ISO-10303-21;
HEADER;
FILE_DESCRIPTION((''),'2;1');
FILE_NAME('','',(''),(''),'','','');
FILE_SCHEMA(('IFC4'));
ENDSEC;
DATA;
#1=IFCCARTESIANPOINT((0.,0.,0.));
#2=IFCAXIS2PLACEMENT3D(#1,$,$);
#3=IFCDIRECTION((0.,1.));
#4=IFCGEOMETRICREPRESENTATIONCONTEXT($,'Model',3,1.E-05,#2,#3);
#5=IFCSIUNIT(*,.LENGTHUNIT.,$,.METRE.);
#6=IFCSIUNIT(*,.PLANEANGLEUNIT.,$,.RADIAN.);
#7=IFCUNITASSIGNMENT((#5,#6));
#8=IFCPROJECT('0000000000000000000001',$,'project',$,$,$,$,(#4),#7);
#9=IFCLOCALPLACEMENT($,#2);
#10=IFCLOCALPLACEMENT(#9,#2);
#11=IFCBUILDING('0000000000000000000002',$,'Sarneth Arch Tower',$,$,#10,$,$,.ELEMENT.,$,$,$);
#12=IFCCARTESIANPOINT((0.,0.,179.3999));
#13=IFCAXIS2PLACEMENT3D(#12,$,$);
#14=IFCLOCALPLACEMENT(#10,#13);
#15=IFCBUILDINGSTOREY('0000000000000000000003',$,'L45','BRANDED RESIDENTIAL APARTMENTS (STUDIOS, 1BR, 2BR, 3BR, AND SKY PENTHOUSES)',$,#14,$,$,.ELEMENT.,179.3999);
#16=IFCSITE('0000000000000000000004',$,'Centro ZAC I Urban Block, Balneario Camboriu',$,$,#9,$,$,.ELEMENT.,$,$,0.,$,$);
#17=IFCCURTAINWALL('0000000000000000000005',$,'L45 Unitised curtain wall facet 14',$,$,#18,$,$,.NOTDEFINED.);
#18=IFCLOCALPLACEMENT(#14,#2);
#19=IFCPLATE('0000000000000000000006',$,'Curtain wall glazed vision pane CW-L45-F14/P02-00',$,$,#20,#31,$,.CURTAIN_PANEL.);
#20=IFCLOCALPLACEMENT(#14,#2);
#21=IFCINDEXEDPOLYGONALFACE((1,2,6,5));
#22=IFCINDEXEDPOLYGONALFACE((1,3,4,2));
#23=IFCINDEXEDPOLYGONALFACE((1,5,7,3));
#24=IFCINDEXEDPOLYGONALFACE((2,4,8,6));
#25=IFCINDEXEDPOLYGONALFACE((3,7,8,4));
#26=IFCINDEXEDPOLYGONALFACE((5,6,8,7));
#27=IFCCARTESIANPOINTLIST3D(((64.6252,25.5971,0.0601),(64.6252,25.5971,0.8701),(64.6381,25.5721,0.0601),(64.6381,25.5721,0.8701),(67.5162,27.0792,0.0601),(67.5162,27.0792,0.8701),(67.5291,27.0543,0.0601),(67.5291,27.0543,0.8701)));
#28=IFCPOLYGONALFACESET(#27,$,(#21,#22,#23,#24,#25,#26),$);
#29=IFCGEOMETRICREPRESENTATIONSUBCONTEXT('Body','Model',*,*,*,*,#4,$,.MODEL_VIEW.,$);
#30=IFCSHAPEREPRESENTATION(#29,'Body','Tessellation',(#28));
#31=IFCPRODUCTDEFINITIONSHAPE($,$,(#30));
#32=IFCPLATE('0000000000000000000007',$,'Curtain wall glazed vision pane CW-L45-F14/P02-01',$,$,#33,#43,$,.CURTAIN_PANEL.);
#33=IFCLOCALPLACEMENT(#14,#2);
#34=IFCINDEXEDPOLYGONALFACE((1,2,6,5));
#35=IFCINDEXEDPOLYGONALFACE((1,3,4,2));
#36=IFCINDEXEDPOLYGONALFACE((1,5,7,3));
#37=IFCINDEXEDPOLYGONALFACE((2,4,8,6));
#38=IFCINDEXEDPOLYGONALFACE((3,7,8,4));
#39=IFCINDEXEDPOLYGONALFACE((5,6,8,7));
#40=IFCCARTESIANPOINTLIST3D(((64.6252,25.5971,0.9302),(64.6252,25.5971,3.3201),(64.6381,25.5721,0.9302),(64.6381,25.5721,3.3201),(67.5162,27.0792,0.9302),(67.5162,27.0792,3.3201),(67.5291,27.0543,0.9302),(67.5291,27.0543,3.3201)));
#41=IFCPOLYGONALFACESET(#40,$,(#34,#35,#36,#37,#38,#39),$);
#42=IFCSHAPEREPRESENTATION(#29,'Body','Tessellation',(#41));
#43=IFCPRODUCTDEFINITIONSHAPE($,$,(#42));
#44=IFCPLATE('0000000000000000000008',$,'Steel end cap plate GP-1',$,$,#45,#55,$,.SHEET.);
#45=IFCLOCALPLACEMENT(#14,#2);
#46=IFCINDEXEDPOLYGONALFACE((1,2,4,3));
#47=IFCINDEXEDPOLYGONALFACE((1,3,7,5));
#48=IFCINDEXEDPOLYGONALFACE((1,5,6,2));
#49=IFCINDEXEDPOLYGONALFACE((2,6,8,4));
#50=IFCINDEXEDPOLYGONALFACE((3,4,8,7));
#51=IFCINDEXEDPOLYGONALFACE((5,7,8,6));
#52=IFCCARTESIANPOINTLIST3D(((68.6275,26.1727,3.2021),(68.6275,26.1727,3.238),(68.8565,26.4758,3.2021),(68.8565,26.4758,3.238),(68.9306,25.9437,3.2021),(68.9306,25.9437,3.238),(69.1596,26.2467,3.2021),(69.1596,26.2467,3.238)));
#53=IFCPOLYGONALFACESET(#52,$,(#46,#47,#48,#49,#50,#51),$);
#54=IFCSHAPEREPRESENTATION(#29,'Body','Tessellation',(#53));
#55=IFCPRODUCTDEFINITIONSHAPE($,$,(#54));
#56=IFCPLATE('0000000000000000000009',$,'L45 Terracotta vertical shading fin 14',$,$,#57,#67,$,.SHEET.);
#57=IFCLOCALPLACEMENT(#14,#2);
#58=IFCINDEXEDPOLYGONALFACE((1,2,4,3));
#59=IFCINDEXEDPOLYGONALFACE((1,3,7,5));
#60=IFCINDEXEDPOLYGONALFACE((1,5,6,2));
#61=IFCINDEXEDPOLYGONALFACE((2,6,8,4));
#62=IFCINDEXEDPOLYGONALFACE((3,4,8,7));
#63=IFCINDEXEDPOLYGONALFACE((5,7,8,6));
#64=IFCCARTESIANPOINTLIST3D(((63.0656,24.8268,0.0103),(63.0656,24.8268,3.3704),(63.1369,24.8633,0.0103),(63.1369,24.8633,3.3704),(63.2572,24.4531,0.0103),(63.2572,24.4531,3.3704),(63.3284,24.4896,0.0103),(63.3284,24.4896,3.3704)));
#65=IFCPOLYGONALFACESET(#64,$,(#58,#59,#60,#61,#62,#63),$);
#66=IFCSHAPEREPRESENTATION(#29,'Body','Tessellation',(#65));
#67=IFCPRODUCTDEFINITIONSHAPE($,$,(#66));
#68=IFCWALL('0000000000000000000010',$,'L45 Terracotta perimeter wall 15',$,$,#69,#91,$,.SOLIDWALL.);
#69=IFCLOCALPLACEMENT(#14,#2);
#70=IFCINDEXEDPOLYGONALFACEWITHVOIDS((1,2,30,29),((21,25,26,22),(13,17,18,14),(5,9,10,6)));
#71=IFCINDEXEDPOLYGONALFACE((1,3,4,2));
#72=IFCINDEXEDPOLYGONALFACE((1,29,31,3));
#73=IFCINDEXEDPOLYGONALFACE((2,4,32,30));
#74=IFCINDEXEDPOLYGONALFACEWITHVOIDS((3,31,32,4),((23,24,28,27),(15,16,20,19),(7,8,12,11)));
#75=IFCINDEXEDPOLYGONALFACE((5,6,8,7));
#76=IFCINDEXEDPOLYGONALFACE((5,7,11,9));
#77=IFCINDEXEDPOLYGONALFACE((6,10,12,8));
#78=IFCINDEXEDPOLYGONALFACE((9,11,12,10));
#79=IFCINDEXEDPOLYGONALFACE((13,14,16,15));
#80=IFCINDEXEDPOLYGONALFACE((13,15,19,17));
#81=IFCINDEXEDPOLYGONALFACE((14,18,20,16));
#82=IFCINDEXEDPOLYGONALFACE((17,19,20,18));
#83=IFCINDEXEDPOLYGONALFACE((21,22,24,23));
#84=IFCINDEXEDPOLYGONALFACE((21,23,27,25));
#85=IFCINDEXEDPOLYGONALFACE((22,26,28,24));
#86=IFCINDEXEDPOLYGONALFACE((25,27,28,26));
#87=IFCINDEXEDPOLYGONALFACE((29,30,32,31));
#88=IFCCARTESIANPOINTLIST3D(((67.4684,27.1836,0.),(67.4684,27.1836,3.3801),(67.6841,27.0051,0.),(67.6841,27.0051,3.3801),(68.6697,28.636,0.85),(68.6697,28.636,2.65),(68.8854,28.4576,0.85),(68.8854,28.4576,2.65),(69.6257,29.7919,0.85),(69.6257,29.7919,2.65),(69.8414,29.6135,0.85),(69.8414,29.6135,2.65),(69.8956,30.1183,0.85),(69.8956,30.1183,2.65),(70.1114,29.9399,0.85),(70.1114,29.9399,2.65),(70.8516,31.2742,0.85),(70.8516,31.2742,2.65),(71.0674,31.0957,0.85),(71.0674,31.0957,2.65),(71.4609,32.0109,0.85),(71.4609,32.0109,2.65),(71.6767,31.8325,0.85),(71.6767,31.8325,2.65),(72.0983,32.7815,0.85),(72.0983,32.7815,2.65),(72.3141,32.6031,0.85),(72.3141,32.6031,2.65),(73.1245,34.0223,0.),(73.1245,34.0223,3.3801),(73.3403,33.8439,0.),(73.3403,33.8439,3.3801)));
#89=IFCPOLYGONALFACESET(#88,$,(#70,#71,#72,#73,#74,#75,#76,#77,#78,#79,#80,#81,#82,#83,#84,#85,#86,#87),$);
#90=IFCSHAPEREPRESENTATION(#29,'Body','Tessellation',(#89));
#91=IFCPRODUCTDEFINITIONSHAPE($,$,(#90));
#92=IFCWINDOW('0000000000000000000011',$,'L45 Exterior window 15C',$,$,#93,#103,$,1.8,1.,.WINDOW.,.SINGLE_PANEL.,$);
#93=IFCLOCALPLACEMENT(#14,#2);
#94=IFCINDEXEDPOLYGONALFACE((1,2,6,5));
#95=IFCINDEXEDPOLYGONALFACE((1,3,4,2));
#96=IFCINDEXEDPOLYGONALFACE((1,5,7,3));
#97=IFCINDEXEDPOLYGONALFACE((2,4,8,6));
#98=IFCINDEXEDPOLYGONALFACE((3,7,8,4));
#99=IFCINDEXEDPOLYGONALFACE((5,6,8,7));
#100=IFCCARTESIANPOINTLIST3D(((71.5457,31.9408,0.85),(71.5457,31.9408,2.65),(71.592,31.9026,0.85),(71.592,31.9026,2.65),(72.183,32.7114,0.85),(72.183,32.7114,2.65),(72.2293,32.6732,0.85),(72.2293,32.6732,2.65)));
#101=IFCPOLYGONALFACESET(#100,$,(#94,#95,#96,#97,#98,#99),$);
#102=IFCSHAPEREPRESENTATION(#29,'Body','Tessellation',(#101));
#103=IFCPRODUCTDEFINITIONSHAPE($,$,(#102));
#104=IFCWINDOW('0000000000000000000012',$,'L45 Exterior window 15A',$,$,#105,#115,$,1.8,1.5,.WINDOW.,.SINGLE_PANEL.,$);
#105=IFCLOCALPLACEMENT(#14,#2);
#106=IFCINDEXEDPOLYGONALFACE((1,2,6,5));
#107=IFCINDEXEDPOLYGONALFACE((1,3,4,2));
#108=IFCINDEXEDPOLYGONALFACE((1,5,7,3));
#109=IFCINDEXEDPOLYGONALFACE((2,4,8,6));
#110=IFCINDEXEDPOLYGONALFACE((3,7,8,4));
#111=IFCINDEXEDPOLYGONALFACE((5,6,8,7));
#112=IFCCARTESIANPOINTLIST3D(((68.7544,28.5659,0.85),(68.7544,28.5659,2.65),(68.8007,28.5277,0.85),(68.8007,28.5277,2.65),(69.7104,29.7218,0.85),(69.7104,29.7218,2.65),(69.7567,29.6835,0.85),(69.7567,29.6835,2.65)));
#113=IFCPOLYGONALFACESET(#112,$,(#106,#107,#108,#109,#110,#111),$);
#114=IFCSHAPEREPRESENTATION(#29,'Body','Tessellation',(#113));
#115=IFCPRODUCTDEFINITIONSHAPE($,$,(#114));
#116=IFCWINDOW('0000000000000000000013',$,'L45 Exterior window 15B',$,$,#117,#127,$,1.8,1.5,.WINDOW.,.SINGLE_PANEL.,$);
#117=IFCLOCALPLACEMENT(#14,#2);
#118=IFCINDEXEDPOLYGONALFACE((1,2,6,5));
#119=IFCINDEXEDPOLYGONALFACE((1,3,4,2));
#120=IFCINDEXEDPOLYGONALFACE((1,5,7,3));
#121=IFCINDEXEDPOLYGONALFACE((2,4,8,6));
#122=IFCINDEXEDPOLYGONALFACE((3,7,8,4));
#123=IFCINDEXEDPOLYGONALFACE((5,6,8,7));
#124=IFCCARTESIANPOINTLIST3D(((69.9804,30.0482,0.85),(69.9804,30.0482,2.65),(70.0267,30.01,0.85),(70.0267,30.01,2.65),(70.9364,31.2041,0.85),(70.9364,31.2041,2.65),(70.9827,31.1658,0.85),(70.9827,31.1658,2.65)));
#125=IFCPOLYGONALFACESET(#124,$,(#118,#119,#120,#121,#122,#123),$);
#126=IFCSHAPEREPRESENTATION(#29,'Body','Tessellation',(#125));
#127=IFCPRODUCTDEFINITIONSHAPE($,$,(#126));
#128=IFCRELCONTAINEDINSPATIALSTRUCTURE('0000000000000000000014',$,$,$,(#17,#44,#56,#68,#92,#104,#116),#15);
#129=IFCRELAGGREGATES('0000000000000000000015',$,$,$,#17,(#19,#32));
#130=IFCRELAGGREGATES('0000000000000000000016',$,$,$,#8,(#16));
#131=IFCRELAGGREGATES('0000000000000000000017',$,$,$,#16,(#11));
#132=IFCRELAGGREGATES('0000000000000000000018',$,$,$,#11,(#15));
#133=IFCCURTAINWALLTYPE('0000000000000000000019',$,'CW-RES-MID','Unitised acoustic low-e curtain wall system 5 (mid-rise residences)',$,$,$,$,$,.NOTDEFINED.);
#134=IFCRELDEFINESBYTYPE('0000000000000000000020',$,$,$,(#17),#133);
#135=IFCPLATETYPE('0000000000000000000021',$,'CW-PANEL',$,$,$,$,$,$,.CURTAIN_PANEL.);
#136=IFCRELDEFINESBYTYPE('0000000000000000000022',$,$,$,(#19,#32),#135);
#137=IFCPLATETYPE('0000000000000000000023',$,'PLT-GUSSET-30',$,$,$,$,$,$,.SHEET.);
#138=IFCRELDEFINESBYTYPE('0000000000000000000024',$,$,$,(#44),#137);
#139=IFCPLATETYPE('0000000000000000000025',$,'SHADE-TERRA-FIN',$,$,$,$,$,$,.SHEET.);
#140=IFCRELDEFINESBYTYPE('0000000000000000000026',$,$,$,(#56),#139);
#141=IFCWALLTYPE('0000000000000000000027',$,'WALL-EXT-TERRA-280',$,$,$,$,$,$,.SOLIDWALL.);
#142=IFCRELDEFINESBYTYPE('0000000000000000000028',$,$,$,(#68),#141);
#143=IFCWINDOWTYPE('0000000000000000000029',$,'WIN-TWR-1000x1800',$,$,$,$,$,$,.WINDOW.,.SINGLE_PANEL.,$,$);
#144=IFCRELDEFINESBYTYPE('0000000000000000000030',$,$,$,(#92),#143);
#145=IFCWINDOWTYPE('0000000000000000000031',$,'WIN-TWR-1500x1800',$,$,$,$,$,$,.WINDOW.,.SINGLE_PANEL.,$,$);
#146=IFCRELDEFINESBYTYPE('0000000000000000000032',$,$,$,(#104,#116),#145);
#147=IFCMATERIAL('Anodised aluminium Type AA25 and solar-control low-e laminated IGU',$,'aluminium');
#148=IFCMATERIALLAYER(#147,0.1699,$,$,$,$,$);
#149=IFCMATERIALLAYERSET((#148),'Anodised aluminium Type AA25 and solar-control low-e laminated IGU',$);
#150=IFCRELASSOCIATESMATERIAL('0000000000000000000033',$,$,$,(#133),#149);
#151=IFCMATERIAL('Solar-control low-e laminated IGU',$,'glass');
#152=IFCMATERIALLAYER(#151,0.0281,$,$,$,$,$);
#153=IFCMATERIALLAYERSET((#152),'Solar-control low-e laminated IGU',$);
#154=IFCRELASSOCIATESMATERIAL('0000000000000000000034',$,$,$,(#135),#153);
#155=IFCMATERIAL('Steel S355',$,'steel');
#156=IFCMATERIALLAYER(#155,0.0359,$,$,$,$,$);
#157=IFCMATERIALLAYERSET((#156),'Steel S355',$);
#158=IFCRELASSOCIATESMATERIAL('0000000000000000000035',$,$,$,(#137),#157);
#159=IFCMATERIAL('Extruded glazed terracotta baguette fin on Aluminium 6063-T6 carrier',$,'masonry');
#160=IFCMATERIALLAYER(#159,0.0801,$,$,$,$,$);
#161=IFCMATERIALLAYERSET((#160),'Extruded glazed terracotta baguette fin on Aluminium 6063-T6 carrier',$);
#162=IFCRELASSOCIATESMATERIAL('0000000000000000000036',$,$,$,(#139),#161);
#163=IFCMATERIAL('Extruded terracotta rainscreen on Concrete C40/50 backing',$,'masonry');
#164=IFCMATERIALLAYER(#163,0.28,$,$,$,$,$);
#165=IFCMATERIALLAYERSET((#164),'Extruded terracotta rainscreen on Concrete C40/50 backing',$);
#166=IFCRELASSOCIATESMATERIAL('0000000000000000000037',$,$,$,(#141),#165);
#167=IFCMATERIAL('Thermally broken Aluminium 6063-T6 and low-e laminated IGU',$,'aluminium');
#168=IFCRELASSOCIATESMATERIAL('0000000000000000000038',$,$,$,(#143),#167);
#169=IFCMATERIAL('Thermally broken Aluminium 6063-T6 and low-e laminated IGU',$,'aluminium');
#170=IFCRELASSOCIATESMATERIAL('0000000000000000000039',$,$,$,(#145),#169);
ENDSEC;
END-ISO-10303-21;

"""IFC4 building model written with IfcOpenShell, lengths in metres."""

from ifc_helpers import new_model, si_unit, direction, frame, frame_2d, origin, origin_2d, place, context, subcontext, project, spatial, rectangle, extrude, material, layer, layer_set, type_object, element, fill, aggregate, save


model = new_model("IFC4")

# Units and contexts
model_context = context("Model", 3, precision=1e-05, world=origin(), true_north=direction((0.0, 1.0)))
body_context = subcontext(model_context, "Body", "Model", "MODEL_VIEW")
ifc_project = project(units=[si_unit("LENGTHUNIT", "METRE"), si_unit("PLANEANGLEUNIT", "RADIAN")], contexts=[model_context])

# Site, building, storey
site_placement = place(None, origin())
site = spatial("IfcSite", under=ifc_project, at=site_placement, Name="Centro ZAC I Urban Block, Balneario Camboriu", CompositionType="ELEMENT", RefElevation=0.0)
building_placement = place(site_placement, origin())
building = spatial("IfcBuilding", under=site, at=building_placement, Name="Sarneth Arch Tower", CompositionType="ELEMENT")
storey_placement = place(building_placement, frame((0.0, 0.0, 179.3999)))
storey = spatial("IfcBuildingStorey", under=building, at=storey_placement, Name="L45", Description="BRANDED RESIDENTIAL APARTMENTS (STUDIOS, 1BR, 2BR, 3BR, AND SKY PENTHOUSES)", CompositionType="ELEMENT", Elevation=179.3999)

# Curtain wall
ifc_material_1 = material(Name="Anodised aluminium Type AA25 and solar-control low-e laminated IGU", Category="aluminium")
ifc_layer_1 = layer(ifc_material_1, 0.1699)
ifc_layer_set_1 = layer_set([ifc_layer_1], Name="Anodised aluminium Type AA25 and solar-control low-e laminated IGU")
curtain_wall_type = type_object("IfcCurtainWallType", Name="CW-RES-MID", Description="Unitised acoustic low-e curtain wall system 5 (mid-rise residences)", PredefinedType="NOTDEFINED", material=ifc_layer_set_1)
curtain_wall_placement = place(storey_placement, origin())
curtain_wall = element("IfcCurtainWall", 1, at=curtain_wall_placement, inside=storey, type_object=curtain_wall_type, Name="L45 Unitised curtain wall facet 14", PredefinedType="NOTDEFINED")

# Plates
ifc_material_2 = material(Name="Solar-control low-e laminated IGU", Category="glass")
ifc_layer_2 = layer(ifc_material_2, 0.0281)
ifc_layer_set_2 = layer_set([ifc_layer_2], Name="Solar-control low-e laminated IGU")
plate_type_1 = type_object("IfcPlateType", Name="CW-PANEL", PredefinedType="CURTAIN_PANEL", material=ifc_layer_set_2)
plate_1_placement = place(storey_placement, frame((66.0771, 26.3257, 0.0601), z_axis=(0.0, 0.0, 1.0), x_axis=(0.889873, 0.456208, 0.0)))
plate_1 = element("IfcPlate", 2, at=plate_1_placement, type_object=plate_type_1, Name="Curtain wall glazed vision pane CW-L45-F14/P02-00", PredefinedType="CURTAIN_PANEL", context=body_context, shape_type="SweptSolid", body=[
    extrude(rectangle(XDim=3.2488, YDim=0.0281, at=origin_2d()), origin(), (0.0, 0.0, 1.0), 0.8101),
])
plate_2_placement = place(storey_placement, frame((66.0771, 26.3257, 0.9302), z_axis=(0.0, 0.0, 1.0), x_axis=(0.889873, 0.456208, 0.0)))
plate_2 = element("IfcPlate", 3, at=plate_2_placement, type_object=plate_type_1, Name="Curtain wall glazed vision pane CW-L45-F14/P02-01", PredefinedType="CURTAIN_PANEL", context=body_context, shape_type="SweptSolid", body=[
    extrude(rectangle(XDim=3.2488, YDim=0.0281, at=origin_2d()), origin(), (0.0, 0.0, 1.0), 2.3899),
])
aggregate(curtain_wall, [plate_1, plate_2])

# Plates
ifc_material_3 = material(Name="Steel S355", Category="steel")
ifc_layer_3 = layer(ifc_material_3, 0.0359)
ifc_layer_set_3 = layer_set([ifc_layer_3], Name="Steel S355")
plate_type_2 = type_object("IfcPlateType", Name="PLT-GUSSET-30", PredefinedType="SHEET", material=ifc_layer_set_3)
plate_3_placement = place(storey_placement, frame((68.8936, 26.2097, 3.2021), z_axis=(0.0, 0.0, 1.0), x_axis=(0.797794, -0.60293, 0.0)))
element("IfcPlate", 4, at=plate_3_placement, inside=storey, type_object=plate_type_2, Name="Steel end cap plate GP-1", PredefinedType="SHEET", context=body_context, shape_type="SweptSolid", body=[
    extrude(rectangle(XDim=0.3799, YDim=0.3799, at=origin_2d()), origin(), (0.0, 0.0, 1.0), 0.0359),
])
ifc_material_4 = material(Name="Extruded glazed terracotta baguette fin on Aluminium 6063-T6 carrier", Category="masonry")
ifc_layer_4 = layer(ifc_material_4, 0.0801)
ifc_layer_set_4 = layer_set([ifc_layer_4], Name="Extruded glazed terracotta baguette fin on Aluminium 6063-T6 carrier")
plate_type_3 = type_object("IfcPlateType", Name="SHADE-TERRA-FIN", PredefinedType="SHEET", material=ifc_layer_set_4)
plate_4_placement = place(storey_placement, frame((63.197, 24.6582, 0.0103), z_axis=(0.0, 0.0, 1.0), x_axis=(0.456166, -0.889895, 0.0)))
element("IfcPlate", 5, at=plate_4_placement, inside=storey, type_object=plate_type_3, Name="L45 Terracotta vertical shading fin 14", PredefinedType="SHEET", context=body_context, shape_type="SweptSolid", body=[
    extrude(rectangle(XDim=0.4199, YDim=0.0801, at=origin_2d()), origin(), (0.0, 0.0, 1.0), 3.3601),
])

# Wall, openings, windows
ifc_material_5 = material(Name="Extruded terracotta rainscreen on Concrete C40/50 backing", Category="masonry")
ifc_layer_5 = layer(ifc_material_5, 0.28)
ifc_layer_set_5 = layer_set([ifc_layer_5], Name="Extruded terracotta rainscreen on Concrete C40/50 backing")
wall_type = type_object("IfcWallType", Name="WALL-EXT-TERRA-280", PredefinedType="SOLIDWALL", material=ifc_layer_set_5)
wall_placement = place(storey_placement, frame((67.5762, 27.0942, 0.0), z_axis=(0.0, 0.0, 1.0), x_axis=(0.637333, 0.770588, 0.0)))
wall = element("IfcWall", 6, at=wall_placement, inside=storey, type_object=wall_type, Name="L45 Terracotta perimeter wall 15", PredefinedType="SOLIDWALL", context=body_context, shape_type="SweptSolid", body=[
    extrude(rectangle(XDim=8.8748, YDim=0.28, at=frame_2d((4.4375, 0.0))), origin(), (0.0, 0.0, 1.0), 3.3801),
])
opening_1_placement = place(wall_placement, frame((1.885, 0.0, 0.8501)))
opening_1 = element("IfcOpeningElement", 7, at=opening_1_placement, cuts=wall, PredefinedType="OPENING", context=body_context, shape_type="SweptSolid", body=[
    extrude(rectangle(XDim=1.5, YDim=1.8, at=frame_2d((0.75, 0.8999))), frame((0.0, 0.1499, 0.0), z_axis=(0.0, -1.0, 0.0), x_axis=(1.0, 0.0, 0.0)), (0.0, 0.0, 1.0), 0.3),
])
opening_2_placement = place(wall_placement, frame((3.8086, 0.0, 0.8501)))
opening_2 = element("IfcOpeningElement", 8, at=opening_2_placement, cuts=wall, PredefinedType="OPENING", context=body_context, shape_type="SweptSolid", body=[
    extrude(rectangle(XDim=1.5, YDim=1.8, at=frame_2d((0.75, 0.8999))), frame((0.0, 0.1499, 0.0), z_axis=(0.0, -1.0, 0.0), x_axis=(1.0, 0.0, 0.0)), (0.0, 0.0, 1.0), 0.3),
])
opening_3_placement = place(wall_placement, frame((6.2646, 0.0, 0.8501)))
opening_3 = element("IfcOpeningElement", 9, at=opening_3_placement, cuts=wall, PredefinedType="OPENING", context=body_context, shape_type="SweptSolid", body=[
    extrude(rectangle(XDim=1.0, YDim=1.8, at=frame_2d((0.5, 0.8999))), frame((0.0, 0.1499, 0.0), z_axis=(0.0, -1.0, 0.0), x_axis=(1.0, 0.0, 0.0)), (0.0, 0.0, 1.0), 0.3),
])
ifc_material_6 = material(Name="Thermally broken Aluminium 6063-T6 and low-e laminated IGU", Category="aluminium")
window_type_1 = type_object("IfcWindowType", Name="WIN-TWR-1000x1800", PartitioningType="SINGLE_PANEL", PredefinedType="WINDOW", material=ifc_material_6)
window_1_placement = place(opening_3_placement, origin())
window_1 = element("IfcWindow", 10, at=window_1_placement, inside=storey, type_object=window_type_1, Name="L45 Exterior window 15C", OverallHeight=1.8, OverallWidth=1.0, PartitioningType="SINGLE_PANEL", PredefinedType="WINDOW", context=body_context, shape_type="SweptSolid", body=[
    extrude(rectangle(XDim=1.0, YDim=1.8, at=frame_2d((0.5, 0.8999))), frame((0.0, 0.03, 0.0), z_axis=(0.0, -1.0, 0.0), x_axis=(1.0, 0.0, 0.0)), (0.0, 0.0, 1.0), 0.0601),
])
fill(opening_3, window_1)
ifc_material_7 = material(Name="Thermally broken Aluminium 6063-T6 and low-e laminated IGU", Category="aluminium")
window_type_2 = type_object("IfcWindowType", Name="WIN-TWR-1500x1800", PartitioningType="SINGLE_PANEL", PredefinedType="WINDOW", material=ifc_material_7)
window_2_placement = place(opening_1_placement, origin())
window_2 = element("IfcWindow", 11, at=window_2_placement, inside=storey, type_object=window_type_2, Name="L45 Exterior window 15A", OverallHeight=1.8, OverallWidth=1.5, PartitioningType="SINGLE_PANEL", PredefinedType="WINDOW", context=body_context, shape_type="SweptSolid", body=[
    extrude(rectangle(XDim=1.5, YDim=1.8, at=frame_2d((0.75, 0.8999))), frame((0.0, 0.03, 0.0), z_axis=(0.0, -1.0, 0.0), x_axis=(1.0, 0.0, 0.0)), (0.0, 0.0, 1.0), 0.0601),
])
fill(opening_1, window_2)
window_3_placement = place(opening_2_placement, origin())
window_3 = element("IfcWindow", 12, at=window_3_placement, inside=storey, type_object=window_type_2, Name="L45 Exterior window 15B", OverallHeight=1.8, OverallWidth=1.5, PartitioningType="SINGLE_PANEL", PredefinedType="WINDOW", context=body_context, shape_type="SweptSolid", body=[
    extrude(rectangle(XDim=1.5, YDim=1.8, at=frame_2d((0.75, 0.8999))), frame((0.0, 0.03, 0.0), z_axis=(0.0, -1.0, 0.0), x_axis=(1.0, 0.0, 0.0)), (0.0, 0.0, 1.0), 0.0601),
])
fill(opening_2, window_3)

save(model, "model.ifc")
